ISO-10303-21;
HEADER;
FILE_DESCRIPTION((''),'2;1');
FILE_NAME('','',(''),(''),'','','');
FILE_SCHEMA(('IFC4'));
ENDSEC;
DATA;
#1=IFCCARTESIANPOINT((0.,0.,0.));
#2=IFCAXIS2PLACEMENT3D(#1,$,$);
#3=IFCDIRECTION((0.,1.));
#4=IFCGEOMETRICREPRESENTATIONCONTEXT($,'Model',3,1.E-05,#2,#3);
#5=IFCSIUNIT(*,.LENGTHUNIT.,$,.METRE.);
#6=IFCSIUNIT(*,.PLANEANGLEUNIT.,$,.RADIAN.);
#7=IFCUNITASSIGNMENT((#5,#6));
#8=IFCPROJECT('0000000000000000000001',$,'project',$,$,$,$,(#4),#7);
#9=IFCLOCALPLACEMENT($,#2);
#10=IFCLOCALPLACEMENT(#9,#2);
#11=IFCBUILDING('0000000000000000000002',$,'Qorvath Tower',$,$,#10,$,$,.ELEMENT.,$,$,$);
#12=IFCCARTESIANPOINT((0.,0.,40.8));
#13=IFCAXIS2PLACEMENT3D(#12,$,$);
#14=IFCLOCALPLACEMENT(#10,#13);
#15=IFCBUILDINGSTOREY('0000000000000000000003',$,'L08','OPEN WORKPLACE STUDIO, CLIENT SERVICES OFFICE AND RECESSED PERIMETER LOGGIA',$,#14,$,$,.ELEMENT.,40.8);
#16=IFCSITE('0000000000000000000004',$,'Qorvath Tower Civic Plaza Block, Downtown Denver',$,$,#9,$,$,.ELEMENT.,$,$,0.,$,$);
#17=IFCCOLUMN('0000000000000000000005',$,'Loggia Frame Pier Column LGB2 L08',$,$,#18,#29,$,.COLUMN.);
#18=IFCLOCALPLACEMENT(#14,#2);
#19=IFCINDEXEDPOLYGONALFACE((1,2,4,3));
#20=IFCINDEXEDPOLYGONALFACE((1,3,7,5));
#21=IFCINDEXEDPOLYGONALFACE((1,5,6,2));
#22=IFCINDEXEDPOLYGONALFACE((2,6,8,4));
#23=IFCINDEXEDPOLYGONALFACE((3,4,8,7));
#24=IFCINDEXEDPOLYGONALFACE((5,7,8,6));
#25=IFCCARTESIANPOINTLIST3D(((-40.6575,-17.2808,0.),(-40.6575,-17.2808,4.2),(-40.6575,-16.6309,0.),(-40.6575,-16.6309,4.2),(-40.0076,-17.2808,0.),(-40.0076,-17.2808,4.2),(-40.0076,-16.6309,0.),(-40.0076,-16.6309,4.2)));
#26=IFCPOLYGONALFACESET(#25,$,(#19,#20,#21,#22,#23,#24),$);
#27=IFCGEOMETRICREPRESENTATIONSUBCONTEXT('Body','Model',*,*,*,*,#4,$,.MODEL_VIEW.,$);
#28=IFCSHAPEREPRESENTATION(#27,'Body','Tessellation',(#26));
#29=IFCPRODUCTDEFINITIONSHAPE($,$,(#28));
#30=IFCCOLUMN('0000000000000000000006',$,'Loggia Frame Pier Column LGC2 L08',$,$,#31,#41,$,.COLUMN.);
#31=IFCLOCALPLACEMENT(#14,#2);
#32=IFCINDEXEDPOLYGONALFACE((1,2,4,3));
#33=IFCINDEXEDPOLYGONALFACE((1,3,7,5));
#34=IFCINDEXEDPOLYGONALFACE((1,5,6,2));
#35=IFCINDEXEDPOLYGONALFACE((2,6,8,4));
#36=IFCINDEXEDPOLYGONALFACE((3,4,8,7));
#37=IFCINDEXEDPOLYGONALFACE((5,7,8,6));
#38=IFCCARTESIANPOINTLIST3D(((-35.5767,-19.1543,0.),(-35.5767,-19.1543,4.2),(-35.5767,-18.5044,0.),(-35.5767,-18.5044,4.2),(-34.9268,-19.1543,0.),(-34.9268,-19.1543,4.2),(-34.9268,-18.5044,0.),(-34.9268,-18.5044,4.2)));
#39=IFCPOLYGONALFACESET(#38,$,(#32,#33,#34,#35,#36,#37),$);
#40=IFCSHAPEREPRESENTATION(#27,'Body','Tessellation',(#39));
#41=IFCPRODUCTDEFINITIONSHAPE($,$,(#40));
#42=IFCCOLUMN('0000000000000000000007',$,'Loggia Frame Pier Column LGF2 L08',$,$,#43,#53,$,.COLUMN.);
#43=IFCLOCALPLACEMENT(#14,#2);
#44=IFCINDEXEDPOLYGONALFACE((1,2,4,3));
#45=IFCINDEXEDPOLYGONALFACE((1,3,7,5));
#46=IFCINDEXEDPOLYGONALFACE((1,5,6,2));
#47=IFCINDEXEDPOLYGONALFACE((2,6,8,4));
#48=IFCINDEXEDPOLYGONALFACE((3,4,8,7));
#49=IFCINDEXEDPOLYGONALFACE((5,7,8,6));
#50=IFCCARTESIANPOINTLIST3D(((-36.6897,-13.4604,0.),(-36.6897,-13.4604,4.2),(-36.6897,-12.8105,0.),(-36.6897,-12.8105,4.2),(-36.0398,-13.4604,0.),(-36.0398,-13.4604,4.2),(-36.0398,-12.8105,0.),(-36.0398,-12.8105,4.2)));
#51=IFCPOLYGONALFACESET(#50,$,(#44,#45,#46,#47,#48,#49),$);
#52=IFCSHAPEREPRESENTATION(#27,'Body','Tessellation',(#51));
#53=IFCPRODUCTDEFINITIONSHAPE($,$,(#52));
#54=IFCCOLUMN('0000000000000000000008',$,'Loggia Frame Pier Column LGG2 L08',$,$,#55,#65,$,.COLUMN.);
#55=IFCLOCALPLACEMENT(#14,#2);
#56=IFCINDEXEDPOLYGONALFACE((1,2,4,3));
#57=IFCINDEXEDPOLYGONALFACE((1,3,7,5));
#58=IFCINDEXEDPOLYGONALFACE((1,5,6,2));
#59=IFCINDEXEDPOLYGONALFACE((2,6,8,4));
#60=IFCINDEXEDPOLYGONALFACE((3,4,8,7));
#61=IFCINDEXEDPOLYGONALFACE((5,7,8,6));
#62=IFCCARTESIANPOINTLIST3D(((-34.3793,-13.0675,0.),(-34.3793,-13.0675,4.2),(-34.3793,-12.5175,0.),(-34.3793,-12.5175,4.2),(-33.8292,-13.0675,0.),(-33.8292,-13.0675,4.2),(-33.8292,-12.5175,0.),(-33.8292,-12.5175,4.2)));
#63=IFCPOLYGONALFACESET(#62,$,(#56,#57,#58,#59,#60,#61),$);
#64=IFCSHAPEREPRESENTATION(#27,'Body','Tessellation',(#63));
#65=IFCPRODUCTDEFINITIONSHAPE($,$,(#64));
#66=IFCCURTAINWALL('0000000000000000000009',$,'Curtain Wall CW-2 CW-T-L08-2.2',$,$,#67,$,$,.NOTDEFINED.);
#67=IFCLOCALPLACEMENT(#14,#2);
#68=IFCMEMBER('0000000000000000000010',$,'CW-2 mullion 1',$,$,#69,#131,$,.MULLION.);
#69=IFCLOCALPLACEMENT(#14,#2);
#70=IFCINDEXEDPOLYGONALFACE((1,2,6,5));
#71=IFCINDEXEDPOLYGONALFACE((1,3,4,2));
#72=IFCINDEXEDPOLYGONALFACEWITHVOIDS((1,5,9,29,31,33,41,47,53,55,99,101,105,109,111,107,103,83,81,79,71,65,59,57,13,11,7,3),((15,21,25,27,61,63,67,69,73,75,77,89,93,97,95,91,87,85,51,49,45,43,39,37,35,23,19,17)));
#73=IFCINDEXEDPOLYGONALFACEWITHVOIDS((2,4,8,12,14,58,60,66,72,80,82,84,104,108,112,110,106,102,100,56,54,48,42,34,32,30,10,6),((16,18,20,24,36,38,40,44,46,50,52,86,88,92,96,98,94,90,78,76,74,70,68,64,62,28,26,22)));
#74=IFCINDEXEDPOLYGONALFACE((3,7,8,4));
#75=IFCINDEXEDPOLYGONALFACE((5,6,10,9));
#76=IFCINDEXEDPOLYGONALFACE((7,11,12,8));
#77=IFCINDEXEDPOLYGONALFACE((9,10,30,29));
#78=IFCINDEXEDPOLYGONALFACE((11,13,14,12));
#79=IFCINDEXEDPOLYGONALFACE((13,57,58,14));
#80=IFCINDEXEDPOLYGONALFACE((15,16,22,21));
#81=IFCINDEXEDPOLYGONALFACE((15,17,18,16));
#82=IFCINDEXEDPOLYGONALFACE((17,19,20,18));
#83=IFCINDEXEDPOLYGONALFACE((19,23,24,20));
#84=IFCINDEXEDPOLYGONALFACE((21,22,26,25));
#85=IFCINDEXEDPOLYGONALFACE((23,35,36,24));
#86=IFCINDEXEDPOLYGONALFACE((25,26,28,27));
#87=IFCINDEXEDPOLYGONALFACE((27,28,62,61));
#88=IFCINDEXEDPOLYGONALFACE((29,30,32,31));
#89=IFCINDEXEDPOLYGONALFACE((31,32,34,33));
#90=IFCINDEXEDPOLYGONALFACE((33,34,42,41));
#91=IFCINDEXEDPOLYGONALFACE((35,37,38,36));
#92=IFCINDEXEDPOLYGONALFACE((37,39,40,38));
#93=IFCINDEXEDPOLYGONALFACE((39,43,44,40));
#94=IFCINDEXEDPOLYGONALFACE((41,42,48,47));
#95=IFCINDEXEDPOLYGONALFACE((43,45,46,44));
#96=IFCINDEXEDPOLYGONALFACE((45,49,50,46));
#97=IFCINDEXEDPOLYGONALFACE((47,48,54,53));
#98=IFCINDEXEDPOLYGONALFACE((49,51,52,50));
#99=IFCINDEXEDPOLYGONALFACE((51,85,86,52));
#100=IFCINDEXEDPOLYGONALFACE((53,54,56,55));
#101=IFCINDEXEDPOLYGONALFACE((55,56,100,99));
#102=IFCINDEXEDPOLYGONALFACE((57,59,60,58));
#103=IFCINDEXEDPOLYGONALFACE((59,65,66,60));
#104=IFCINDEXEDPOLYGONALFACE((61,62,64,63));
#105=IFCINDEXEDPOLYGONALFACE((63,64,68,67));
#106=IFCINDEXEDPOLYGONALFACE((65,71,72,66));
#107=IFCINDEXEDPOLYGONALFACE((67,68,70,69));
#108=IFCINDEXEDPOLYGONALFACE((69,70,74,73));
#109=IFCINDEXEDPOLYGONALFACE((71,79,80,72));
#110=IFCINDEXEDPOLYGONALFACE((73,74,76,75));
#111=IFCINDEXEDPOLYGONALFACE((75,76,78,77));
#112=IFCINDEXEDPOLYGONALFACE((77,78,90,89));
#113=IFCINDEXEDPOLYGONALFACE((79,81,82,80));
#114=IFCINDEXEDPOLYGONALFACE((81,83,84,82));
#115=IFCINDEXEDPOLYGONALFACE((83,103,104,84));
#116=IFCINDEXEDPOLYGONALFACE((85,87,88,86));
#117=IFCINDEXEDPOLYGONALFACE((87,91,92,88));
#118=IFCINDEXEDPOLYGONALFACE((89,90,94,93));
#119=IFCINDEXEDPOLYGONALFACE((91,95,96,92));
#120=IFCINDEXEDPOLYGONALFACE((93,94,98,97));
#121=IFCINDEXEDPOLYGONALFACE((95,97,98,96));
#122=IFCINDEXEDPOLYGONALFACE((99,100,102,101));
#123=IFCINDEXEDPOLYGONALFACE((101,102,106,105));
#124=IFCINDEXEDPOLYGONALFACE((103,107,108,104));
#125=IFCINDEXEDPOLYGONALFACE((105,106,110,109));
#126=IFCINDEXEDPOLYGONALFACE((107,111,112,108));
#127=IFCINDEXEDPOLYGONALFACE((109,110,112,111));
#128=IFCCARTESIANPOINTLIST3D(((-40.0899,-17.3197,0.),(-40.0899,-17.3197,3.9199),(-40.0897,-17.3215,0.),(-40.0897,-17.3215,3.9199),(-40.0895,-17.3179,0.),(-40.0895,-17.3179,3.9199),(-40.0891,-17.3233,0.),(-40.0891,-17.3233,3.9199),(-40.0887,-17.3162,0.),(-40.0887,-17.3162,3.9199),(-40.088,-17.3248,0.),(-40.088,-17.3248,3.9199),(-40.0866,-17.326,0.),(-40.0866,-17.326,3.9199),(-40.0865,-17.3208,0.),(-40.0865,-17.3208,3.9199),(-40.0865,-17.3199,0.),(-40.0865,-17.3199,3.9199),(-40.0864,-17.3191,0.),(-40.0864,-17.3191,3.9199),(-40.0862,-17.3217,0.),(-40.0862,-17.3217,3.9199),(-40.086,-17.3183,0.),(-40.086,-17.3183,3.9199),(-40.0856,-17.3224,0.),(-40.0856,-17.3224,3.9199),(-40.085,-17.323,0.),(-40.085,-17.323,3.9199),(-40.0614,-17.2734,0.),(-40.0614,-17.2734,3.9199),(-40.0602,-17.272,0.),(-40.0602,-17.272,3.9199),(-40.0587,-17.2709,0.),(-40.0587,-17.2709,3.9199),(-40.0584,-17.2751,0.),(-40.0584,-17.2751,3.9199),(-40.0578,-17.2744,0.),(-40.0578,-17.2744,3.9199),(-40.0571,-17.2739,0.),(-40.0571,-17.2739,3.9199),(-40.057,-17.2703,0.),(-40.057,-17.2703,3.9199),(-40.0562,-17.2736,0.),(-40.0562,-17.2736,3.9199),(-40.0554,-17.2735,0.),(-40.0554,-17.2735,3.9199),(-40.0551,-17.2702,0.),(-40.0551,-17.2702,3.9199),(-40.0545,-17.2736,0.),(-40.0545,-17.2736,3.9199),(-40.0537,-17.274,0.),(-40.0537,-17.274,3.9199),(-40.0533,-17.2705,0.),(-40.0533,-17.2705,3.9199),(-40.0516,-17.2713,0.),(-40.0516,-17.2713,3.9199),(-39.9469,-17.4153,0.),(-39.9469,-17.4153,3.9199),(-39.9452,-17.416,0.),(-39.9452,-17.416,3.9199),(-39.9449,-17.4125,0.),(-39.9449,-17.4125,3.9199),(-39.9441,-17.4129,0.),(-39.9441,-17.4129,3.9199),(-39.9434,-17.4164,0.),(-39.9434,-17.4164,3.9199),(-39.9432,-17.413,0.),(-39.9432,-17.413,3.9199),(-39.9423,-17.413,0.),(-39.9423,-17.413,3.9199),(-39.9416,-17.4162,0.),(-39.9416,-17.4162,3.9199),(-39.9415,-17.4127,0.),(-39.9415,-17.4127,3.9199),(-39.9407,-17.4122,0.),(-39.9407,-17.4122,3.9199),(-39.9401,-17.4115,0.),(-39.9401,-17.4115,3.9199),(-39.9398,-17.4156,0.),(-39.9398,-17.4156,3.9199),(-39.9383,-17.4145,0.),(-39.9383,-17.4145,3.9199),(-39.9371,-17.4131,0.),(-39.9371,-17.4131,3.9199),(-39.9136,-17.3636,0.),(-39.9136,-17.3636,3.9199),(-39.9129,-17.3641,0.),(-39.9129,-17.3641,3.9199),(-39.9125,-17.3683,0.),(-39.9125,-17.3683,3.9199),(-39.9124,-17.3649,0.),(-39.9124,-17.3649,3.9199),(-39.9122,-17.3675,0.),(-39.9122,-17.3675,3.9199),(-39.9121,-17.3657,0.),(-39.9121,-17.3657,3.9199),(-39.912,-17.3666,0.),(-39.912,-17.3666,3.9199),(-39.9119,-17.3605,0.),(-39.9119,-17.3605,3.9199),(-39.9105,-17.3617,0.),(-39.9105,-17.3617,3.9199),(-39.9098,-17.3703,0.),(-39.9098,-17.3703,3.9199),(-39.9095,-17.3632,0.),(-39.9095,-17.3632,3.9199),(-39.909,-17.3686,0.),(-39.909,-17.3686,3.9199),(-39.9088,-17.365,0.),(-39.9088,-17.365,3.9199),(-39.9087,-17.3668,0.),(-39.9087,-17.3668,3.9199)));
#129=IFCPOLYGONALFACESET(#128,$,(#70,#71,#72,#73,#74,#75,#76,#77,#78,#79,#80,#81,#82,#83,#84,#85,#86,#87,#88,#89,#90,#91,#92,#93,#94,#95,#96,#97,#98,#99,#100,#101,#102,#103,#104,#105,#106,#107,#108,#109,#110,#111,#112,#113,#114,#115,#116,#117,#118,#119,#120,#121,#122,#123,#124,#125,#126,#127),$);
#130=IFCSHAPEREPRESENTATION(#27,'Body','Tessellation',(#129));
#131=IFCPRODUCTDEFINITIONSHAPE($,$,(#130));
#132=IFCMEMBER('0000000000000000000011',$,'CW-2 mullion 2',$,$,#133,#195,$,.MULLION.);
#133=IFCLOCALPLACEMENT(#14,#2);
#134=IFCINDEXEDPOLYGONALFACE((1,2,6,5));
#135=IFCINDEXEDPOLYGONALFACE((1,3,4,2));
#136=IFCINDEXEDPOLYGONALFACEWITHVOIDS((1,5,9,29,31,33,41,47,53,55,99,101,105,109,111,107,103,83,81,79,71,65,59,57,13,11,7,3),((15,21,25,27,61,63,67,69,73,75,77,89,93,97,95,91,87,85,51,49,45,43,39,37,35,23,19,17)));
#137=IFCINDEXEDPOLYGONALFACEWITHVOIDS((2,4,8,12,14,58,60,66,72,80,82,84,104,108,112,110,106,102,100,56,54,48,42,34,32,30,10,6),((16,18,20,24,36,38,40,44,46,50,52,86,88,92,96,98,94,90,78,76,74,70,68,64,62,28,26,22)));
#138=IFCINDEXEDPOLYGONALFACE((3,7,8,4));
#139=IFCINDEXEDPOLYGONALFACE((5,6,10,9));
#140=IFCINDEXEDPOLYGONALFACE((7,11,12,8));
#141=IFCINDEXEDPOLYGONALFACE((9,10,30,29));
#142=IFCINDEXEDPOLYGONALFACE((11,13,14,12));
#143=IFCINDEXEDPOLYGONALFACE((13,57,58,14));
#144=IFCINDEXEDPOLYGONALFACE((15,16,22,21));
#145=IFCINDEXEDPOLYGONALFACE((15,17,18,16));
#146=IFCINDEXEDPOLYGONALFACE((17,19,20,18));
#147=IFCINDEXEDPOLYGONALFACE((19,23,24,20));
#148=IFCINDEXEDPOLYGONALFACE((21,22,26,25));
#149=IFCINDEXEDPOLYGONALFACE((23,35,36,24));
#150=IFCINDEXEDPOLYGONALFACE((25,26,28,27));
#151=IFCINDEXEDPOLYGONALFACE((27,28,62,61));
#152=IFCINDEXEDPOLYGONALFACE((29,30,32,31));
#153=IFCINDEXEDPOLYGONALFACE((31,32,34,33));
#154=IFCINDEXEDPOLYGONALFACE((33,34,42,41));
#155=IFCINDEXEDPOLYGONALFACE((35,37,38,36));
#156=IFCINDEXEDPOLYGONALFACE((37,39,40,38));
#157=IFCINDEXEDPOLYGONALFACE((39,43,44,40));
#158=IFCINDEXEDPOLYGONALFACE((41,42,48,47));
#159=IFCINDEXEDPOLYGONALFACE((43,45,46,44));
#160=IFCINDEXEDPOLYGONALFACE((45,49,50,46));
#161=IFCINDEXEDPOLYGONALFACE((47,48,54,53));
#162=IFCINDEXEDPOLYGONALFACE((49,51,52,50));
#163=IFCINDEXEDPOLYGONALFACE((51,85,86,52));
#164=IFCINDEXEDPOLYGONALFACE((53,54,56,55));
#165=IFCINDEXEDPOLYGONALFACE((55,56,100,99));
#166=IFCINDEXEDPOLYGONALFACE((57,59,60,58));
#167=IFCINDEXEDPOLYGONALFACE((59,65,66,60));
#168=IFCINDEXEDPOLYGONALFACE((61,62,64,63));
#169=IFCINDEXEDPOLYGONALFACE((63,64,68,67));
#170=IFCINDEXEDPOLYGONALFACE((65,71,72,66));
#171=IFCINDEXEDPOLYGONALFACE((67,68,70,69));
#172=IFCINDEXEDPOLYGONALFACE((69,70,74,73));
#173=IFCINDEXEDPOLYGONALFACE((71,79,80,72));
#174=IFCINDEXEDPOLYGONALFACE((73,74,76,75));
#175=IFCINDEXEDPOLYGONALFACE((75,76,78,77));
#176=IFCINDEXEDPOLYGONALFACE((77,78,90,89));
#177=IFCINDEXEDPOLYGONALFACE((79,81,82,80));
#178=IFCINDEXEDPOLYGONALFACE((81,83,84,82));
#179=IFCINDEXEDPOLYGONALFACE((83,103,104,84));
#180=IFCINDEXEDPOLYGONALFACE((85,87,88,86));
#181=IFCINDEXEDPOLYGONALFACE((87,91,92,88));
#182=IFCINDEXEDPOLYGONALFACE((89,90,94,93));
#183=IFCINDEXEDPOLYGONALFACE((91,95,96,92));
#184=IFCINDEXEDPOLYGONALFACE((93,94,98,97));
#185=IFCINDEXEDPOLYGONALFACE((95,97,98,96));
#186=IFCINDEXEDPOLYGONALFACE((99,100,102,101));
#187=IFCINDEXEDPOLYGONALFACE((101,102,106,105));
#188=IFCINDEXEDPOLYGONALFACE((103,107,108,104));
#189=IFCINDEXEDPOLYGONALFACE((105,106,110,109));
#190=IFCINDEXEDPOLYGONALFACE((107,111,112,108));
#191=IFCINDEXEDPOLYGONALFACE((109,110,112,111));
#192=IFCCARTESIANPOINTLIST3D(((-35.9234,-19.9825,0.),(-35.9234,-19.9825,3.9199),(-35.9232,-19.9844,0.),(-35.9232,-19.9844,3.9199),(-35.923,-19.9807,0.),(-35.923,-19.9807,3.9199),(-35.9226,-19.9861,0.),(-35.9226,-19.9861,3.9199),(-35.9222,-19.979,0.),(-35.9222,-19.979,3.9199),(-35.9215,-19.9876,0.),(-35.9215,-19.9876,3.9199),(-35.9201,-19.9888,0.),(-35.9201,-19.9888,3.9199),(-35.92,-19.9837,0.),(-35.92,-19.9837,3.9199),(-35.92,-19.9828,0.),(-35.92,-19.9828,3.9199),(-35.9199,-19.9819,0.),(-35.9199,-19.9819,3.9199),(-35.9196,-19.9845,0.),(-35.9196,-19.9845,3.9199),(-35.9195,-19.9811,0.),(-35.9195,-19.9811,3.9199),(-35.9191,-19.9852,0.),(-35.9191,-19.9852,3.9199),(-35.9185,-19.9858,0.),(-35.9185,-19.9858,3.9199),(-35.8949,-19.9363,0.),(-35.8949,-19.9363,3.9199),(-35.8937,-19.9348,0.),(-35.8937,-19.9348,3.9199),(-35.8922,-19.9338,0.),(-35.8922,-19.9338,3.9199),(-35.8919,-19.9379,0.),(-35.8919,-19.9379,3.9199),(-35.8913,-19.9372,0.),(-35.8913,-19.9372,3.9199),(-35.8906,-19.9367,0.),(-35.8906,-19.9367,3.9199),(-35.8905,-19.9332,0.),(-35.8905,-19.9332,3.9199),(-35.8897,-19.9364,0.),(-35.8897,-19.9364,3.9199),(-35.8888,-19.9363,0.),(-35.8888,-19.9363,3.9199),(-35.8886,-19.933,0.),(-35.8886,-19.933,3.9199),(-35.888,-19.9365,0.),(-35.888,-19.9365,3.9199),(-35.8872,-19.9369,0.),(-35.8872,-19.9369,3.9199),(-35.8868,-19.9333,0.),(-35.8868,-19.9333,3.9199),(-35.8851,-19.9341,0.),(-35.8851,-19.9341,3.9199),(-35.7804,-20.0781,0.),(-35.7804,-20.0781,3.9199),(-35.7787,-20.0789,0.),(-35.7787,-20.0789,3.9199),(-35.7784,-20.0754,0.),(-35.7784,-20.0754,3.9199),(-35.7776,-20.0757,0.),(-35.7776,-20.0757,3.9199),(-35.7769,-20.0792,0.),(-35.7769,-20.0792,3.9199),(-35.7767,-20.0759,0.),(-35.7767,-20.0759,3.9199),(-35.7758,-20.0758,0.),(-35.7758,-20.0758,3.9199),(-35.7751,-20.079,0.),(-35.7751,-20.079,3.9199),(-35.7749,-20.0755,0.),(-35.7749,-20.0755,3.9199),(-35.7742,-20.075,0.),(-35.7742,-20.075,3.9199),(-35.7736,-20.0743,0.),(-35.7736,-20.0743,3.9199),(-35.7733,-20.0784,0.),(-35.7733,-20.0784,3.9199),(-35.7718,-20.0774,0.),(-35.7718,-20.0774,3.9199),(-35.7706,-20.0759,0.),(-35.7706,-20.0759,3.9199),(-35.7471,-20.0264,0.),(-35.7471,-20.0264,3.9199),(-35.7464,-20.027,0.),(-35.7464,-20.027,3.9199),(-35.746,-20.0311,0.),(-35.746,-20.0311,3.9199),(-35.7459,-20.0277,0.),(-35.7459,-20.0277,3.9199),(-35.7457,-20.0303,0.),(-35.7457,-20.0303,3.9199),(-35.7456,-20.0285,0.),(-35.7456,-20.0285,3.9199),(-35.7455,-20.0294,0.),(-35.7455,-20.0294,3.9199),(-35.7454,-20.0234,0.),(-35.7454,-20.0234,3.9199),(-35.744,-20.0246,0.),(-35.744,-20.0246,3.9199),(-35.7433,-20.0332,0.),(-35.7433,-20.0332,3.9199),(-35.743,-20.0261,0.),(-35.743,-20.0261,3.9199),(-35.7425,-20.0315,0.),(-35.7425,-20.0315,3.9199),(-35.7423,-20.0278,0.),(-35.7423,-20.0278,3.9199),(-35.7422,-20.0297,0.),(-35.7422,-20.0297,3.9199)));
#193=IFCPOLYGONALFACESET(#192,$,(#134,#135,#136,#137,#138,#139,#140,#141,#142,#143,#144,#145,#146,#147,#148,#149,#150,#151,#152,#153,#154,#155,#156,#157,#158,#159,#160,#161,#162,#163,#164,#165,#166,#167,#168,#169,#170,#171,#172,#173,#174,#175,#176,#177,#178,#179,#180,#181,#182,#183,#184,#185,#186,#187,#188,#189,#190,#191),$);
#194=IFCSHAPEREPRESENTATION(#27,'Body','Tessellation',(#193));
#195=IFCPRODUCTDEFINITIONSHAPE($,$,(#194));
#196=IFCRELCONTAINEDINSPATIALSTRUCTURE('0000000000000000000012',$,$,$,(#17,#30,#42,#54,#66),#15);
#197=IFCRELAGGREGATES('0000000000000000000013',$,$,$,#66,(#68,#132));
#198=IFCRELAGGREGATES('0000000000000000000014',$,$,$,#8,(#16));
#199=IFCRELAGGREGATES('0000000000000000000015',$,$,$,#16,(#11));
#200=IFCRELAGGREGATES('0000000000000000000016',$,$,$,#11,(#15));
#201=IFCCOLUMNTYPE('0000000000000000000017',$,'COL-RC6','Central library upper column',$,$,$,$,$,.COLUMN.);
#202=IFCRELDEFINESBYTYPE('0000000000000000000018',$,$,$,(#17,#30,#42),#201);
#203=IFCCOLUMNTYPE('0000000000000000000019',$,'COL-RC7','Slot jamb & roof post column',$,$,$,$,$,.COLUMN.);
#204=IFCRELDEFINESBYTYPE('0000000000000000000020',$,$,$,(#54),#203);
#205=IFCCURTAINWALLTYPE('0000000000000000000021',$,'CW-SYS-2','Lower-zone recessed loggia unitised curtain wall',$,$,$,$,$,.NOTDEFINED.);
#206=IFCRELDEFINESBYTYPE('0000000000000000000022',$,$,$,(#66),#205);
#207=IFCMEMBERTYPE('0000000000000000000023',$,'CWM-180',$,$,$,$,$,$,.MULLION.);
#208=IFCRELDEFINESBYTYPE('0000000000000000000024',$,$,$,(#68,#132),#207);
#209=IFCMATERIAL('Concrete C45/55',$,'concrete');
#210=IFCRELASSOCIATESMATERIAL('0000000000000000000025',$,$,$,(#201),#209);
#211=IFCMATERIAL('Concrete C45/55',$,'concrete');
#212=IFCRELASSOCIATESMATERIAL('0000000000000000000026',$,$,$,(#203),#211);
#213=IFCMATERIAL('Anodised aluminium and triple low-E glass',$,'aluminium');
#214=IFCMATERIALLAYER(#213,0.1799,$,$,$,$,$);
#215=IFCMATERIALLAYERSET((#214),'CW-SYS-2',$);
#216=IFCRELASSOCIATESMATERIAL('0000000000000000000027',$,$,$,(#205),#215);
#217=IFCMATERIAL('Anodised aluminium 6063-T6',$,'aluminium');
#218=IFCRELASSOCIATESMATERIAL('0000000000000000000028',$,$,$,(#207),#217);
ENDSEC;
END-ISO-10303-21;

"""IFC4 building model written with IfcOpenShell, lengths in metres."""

from ifc_helpers import new_model, si_unit, direction, frame, origin, origin_2d, place, context, subcontext, project, spatial, rectangle, hollow_rectangle, extrude, material, layer, layer_set, material_profile, profile_set, type_object, element, aggregate, save


model = new_model("IFC4")

# Units and contexts
model_context = context("Model", 3, precision=1e-05, world=origin(), true_north=direction((0.0, 1.0)))
body_context = subcontext(model_context, "Body", "Model", "MODEL_VIEW")
ifc_project = project(units=[si_unit("LENGTHUNIT", "METRE"), si_unit("PLANEANGLEUNIT", "RADIAN")], contexts=[model_context])

# Site, building, storey
site_placement = place(None, origin())
site = spatial("IfcSite", under=ifc_project, at=site_placement, Name="Qorvath Tower Civic Plaza Block, Downtown Denver", CompositionType="ELEMENT", RefElevation=0.0)
building_placement = place(site_placement, origin())
building = spatial("IfcBuilding", under=site, at=building_placement, Name="Qorvath Tower", CompositionType="ELEMENT")
storey_placement = place(building_placement, frame((0.0, 0.0, 40.8)))
storey = spatial("IfcBuildingStorey", under=building, at=storey_placement, Name="L08", Description="OPEN WORKPLACE STUDIO, CLIENT SERVICES OFFICE AND RECESSED PERIMETER LOGGIA", CompositionType="ELEMENT", Elevation=40.8)

# Columns
ifc_material_1 = material(Name="Concrete C45/55", Category="concrete")
ifc_material_profile_1 = material_profile(ifc_material_1, rectangle(XDim=0.6499, YDim=0.6499, at=origin_2d()), Name="RC 650x650")
ifc_profile_set_1 = profile_set([ifc_material_profile_1], Name="Concrete C45/55")
column_type_1 = type_object("IfcColumnType", Name="COL-RC6", Description="Central library upper column", PredefinedType="COLUMN", material=ifc_profile_set_1)
for number, where, z_axis, x_axis, name in (
    (1, (-40.3325, -16.9558, 0.0), (0.0, 0.0, 1.0), (1.0, 0.0, 0.0), "Loggia Frame Pier Column LGB2 L08"),
    (2, (-35.2517, -18.8293, 0.0), (0.0, 0.0, 1.0), (1.0, 0.0, 0.0), "Loggia Frame Pier Column LGC2 L08"),
    (3, (-36.3647, -13.1355, 0.0), (0.0, 0.0, 1.0), (1.0, 0.0, 0.0), "Loggia Frame Pier Column LGF2 L08"),
):
    element("IfcColumn", number, at=place(storey_placement, frame(where, z_axis=z_axis, x_axis=x_axis)), inside=storey, type_object=column_type_1, Name=name, PredefinedType="COLUMN", context=body_context, shape_type="SweptSolid", body=[
        extrude(rectangle(XDim=0.6499, YDim=0.6499, at=origin_2d()), origin(), (0.0, 0.0, 1.0), 4.2),
    ])
ifc_material_2 = material(Name="Concrete C45/55", Category="concrete")
ifc_material_profile_2 = material_profile(ifc_material_2, rectangle(XDim=0.55, YDim=0.55, at=origin_2d()), Name="RC 550x550")
ifc_profile_set_2 = profile_set([ifc_material_profile_2], Name="Concrete C45/55")
column_type_2 = type_object("IfcColumnType", Name="COL-RC7", Description="Slot jamb & roof post column", PredefinedType="COLUMN", material=ifc_profile_set_2)
column_placement = place(storey_placement, frame((-34.1042, -12.7925, 0.0), z_axis=(0.0, 0.0, 1.0), x_axis=(1.0, 0.0, 0.0)))
element("IfcColumn", 4, at=column_placement, inside=storey, type_object=column_type_2, Name="Loggia Frame Pier Column LGG2 L08", PredefinedType="COLUMN", context=body_context, shape_type="SweptSolid", body=[
    extrude(rectangle(XDim=0.55, YDim=0.55, at=origin_2d()), origin(), (0.0, 0.0, 1.0), 4.2),
])

# Curtain wall, members
ifc_material_3 = material(Name="Anodised aluminium and triple low-E glass", Category="aluminium")
ifc_layer_1 = layer(ifc_material_3, 0.1799)
ifc_layer_set_1 = layer_set([ifc_layer_1], Name="CW-SYS-2")
curtain_wall_type = type_object("IfcCurtainWallType", Name="CW-SYS-2", Description="Lower-zone recessed loggia unitised curtain wall", PredefinedType="NOTDEFINED", material=ifc_layer_set_1)
curtain_wall_placement = place(storey_placement, origin())
curtain_wall = element("IfcCurtainWall", 5, at=curtain_wall_placement, inside=storey, type_object=curtain_wall_type, Name="Curtain Wall CW-2 CW-T-L08-2.2", PredefinedType="NOTDEFINED")
ifc_material_4 = material(Name="Anodised aluminium 6063-T6", Category="aluminium")
ifc_material_profile_3 = material_profile(ifc_material_4, hollow_rectangle(XDim=0.0649, YDim=0.1799, WallThickness=0.0034, InnerFilletRadius=0.0034, OuterFilletRadius=0.0071, at=origin_2d()), Name="CWM 180x65")
ifc_profile_set_3 = profile_set([ifc_material_profile_3], Name="Anodised aluminium 6063-T6")
member_type_1 = type_object("IfcMemberType", Name="CWM-180", PredefinedType="MULLION", material=ifc_profile_set_3)
member_1_placement = place(storey_placement, frame((-39.9993, -17.3433, 0.0), z_axis=(0.0, 0.0, 1.0), x_axis=(0.538537, 0.842602, 0.0)))
member_1 = element("IfcMember", 6, at=member_1_placement, type_object=member_type_1, Name="CW-2 mullion 1", PredefinedType="MULLION", context=body_context, shape_type="SweptSolid", body=[
    extrude(hollow_rectangle(XDim=0.0649, YDim=0.1799, WallThickness=0.0034, InnerFilletRadius=0.0034, OuterFilletRadius=0.0071, at=origin_2d()), origin(), (0.0, 0.0, 1.0), 3.9199),
])
member_2_placement = place(storey_placement, frame((-35.8328, -20.0061, 0.0), z_axis=(0.0, 0.0, 1.0), x_axis=(0.538537, 0.842602, 0.0)))
member_2 = element("IfcMember", 7, at=member_2_placement, type_object=member_type_1, Name="CW-2 mullion 2", PredefinedType="MULLION", context=body_context, shape_type="SweptSolid", body=[
    extrude(hollow_rectangle(XDim=0.0649, YDim=0.1799, WallThickness=0.0034, InnerFilletRadius=0.0034, OuterFilletRadius=0.0071, at=origin_2d()), origin(), (0.0, 0.0, 1.0), 3.9199),
])
aggregate(curtain_wall, [member_1, member_2])

save(model, "model.ifc")
